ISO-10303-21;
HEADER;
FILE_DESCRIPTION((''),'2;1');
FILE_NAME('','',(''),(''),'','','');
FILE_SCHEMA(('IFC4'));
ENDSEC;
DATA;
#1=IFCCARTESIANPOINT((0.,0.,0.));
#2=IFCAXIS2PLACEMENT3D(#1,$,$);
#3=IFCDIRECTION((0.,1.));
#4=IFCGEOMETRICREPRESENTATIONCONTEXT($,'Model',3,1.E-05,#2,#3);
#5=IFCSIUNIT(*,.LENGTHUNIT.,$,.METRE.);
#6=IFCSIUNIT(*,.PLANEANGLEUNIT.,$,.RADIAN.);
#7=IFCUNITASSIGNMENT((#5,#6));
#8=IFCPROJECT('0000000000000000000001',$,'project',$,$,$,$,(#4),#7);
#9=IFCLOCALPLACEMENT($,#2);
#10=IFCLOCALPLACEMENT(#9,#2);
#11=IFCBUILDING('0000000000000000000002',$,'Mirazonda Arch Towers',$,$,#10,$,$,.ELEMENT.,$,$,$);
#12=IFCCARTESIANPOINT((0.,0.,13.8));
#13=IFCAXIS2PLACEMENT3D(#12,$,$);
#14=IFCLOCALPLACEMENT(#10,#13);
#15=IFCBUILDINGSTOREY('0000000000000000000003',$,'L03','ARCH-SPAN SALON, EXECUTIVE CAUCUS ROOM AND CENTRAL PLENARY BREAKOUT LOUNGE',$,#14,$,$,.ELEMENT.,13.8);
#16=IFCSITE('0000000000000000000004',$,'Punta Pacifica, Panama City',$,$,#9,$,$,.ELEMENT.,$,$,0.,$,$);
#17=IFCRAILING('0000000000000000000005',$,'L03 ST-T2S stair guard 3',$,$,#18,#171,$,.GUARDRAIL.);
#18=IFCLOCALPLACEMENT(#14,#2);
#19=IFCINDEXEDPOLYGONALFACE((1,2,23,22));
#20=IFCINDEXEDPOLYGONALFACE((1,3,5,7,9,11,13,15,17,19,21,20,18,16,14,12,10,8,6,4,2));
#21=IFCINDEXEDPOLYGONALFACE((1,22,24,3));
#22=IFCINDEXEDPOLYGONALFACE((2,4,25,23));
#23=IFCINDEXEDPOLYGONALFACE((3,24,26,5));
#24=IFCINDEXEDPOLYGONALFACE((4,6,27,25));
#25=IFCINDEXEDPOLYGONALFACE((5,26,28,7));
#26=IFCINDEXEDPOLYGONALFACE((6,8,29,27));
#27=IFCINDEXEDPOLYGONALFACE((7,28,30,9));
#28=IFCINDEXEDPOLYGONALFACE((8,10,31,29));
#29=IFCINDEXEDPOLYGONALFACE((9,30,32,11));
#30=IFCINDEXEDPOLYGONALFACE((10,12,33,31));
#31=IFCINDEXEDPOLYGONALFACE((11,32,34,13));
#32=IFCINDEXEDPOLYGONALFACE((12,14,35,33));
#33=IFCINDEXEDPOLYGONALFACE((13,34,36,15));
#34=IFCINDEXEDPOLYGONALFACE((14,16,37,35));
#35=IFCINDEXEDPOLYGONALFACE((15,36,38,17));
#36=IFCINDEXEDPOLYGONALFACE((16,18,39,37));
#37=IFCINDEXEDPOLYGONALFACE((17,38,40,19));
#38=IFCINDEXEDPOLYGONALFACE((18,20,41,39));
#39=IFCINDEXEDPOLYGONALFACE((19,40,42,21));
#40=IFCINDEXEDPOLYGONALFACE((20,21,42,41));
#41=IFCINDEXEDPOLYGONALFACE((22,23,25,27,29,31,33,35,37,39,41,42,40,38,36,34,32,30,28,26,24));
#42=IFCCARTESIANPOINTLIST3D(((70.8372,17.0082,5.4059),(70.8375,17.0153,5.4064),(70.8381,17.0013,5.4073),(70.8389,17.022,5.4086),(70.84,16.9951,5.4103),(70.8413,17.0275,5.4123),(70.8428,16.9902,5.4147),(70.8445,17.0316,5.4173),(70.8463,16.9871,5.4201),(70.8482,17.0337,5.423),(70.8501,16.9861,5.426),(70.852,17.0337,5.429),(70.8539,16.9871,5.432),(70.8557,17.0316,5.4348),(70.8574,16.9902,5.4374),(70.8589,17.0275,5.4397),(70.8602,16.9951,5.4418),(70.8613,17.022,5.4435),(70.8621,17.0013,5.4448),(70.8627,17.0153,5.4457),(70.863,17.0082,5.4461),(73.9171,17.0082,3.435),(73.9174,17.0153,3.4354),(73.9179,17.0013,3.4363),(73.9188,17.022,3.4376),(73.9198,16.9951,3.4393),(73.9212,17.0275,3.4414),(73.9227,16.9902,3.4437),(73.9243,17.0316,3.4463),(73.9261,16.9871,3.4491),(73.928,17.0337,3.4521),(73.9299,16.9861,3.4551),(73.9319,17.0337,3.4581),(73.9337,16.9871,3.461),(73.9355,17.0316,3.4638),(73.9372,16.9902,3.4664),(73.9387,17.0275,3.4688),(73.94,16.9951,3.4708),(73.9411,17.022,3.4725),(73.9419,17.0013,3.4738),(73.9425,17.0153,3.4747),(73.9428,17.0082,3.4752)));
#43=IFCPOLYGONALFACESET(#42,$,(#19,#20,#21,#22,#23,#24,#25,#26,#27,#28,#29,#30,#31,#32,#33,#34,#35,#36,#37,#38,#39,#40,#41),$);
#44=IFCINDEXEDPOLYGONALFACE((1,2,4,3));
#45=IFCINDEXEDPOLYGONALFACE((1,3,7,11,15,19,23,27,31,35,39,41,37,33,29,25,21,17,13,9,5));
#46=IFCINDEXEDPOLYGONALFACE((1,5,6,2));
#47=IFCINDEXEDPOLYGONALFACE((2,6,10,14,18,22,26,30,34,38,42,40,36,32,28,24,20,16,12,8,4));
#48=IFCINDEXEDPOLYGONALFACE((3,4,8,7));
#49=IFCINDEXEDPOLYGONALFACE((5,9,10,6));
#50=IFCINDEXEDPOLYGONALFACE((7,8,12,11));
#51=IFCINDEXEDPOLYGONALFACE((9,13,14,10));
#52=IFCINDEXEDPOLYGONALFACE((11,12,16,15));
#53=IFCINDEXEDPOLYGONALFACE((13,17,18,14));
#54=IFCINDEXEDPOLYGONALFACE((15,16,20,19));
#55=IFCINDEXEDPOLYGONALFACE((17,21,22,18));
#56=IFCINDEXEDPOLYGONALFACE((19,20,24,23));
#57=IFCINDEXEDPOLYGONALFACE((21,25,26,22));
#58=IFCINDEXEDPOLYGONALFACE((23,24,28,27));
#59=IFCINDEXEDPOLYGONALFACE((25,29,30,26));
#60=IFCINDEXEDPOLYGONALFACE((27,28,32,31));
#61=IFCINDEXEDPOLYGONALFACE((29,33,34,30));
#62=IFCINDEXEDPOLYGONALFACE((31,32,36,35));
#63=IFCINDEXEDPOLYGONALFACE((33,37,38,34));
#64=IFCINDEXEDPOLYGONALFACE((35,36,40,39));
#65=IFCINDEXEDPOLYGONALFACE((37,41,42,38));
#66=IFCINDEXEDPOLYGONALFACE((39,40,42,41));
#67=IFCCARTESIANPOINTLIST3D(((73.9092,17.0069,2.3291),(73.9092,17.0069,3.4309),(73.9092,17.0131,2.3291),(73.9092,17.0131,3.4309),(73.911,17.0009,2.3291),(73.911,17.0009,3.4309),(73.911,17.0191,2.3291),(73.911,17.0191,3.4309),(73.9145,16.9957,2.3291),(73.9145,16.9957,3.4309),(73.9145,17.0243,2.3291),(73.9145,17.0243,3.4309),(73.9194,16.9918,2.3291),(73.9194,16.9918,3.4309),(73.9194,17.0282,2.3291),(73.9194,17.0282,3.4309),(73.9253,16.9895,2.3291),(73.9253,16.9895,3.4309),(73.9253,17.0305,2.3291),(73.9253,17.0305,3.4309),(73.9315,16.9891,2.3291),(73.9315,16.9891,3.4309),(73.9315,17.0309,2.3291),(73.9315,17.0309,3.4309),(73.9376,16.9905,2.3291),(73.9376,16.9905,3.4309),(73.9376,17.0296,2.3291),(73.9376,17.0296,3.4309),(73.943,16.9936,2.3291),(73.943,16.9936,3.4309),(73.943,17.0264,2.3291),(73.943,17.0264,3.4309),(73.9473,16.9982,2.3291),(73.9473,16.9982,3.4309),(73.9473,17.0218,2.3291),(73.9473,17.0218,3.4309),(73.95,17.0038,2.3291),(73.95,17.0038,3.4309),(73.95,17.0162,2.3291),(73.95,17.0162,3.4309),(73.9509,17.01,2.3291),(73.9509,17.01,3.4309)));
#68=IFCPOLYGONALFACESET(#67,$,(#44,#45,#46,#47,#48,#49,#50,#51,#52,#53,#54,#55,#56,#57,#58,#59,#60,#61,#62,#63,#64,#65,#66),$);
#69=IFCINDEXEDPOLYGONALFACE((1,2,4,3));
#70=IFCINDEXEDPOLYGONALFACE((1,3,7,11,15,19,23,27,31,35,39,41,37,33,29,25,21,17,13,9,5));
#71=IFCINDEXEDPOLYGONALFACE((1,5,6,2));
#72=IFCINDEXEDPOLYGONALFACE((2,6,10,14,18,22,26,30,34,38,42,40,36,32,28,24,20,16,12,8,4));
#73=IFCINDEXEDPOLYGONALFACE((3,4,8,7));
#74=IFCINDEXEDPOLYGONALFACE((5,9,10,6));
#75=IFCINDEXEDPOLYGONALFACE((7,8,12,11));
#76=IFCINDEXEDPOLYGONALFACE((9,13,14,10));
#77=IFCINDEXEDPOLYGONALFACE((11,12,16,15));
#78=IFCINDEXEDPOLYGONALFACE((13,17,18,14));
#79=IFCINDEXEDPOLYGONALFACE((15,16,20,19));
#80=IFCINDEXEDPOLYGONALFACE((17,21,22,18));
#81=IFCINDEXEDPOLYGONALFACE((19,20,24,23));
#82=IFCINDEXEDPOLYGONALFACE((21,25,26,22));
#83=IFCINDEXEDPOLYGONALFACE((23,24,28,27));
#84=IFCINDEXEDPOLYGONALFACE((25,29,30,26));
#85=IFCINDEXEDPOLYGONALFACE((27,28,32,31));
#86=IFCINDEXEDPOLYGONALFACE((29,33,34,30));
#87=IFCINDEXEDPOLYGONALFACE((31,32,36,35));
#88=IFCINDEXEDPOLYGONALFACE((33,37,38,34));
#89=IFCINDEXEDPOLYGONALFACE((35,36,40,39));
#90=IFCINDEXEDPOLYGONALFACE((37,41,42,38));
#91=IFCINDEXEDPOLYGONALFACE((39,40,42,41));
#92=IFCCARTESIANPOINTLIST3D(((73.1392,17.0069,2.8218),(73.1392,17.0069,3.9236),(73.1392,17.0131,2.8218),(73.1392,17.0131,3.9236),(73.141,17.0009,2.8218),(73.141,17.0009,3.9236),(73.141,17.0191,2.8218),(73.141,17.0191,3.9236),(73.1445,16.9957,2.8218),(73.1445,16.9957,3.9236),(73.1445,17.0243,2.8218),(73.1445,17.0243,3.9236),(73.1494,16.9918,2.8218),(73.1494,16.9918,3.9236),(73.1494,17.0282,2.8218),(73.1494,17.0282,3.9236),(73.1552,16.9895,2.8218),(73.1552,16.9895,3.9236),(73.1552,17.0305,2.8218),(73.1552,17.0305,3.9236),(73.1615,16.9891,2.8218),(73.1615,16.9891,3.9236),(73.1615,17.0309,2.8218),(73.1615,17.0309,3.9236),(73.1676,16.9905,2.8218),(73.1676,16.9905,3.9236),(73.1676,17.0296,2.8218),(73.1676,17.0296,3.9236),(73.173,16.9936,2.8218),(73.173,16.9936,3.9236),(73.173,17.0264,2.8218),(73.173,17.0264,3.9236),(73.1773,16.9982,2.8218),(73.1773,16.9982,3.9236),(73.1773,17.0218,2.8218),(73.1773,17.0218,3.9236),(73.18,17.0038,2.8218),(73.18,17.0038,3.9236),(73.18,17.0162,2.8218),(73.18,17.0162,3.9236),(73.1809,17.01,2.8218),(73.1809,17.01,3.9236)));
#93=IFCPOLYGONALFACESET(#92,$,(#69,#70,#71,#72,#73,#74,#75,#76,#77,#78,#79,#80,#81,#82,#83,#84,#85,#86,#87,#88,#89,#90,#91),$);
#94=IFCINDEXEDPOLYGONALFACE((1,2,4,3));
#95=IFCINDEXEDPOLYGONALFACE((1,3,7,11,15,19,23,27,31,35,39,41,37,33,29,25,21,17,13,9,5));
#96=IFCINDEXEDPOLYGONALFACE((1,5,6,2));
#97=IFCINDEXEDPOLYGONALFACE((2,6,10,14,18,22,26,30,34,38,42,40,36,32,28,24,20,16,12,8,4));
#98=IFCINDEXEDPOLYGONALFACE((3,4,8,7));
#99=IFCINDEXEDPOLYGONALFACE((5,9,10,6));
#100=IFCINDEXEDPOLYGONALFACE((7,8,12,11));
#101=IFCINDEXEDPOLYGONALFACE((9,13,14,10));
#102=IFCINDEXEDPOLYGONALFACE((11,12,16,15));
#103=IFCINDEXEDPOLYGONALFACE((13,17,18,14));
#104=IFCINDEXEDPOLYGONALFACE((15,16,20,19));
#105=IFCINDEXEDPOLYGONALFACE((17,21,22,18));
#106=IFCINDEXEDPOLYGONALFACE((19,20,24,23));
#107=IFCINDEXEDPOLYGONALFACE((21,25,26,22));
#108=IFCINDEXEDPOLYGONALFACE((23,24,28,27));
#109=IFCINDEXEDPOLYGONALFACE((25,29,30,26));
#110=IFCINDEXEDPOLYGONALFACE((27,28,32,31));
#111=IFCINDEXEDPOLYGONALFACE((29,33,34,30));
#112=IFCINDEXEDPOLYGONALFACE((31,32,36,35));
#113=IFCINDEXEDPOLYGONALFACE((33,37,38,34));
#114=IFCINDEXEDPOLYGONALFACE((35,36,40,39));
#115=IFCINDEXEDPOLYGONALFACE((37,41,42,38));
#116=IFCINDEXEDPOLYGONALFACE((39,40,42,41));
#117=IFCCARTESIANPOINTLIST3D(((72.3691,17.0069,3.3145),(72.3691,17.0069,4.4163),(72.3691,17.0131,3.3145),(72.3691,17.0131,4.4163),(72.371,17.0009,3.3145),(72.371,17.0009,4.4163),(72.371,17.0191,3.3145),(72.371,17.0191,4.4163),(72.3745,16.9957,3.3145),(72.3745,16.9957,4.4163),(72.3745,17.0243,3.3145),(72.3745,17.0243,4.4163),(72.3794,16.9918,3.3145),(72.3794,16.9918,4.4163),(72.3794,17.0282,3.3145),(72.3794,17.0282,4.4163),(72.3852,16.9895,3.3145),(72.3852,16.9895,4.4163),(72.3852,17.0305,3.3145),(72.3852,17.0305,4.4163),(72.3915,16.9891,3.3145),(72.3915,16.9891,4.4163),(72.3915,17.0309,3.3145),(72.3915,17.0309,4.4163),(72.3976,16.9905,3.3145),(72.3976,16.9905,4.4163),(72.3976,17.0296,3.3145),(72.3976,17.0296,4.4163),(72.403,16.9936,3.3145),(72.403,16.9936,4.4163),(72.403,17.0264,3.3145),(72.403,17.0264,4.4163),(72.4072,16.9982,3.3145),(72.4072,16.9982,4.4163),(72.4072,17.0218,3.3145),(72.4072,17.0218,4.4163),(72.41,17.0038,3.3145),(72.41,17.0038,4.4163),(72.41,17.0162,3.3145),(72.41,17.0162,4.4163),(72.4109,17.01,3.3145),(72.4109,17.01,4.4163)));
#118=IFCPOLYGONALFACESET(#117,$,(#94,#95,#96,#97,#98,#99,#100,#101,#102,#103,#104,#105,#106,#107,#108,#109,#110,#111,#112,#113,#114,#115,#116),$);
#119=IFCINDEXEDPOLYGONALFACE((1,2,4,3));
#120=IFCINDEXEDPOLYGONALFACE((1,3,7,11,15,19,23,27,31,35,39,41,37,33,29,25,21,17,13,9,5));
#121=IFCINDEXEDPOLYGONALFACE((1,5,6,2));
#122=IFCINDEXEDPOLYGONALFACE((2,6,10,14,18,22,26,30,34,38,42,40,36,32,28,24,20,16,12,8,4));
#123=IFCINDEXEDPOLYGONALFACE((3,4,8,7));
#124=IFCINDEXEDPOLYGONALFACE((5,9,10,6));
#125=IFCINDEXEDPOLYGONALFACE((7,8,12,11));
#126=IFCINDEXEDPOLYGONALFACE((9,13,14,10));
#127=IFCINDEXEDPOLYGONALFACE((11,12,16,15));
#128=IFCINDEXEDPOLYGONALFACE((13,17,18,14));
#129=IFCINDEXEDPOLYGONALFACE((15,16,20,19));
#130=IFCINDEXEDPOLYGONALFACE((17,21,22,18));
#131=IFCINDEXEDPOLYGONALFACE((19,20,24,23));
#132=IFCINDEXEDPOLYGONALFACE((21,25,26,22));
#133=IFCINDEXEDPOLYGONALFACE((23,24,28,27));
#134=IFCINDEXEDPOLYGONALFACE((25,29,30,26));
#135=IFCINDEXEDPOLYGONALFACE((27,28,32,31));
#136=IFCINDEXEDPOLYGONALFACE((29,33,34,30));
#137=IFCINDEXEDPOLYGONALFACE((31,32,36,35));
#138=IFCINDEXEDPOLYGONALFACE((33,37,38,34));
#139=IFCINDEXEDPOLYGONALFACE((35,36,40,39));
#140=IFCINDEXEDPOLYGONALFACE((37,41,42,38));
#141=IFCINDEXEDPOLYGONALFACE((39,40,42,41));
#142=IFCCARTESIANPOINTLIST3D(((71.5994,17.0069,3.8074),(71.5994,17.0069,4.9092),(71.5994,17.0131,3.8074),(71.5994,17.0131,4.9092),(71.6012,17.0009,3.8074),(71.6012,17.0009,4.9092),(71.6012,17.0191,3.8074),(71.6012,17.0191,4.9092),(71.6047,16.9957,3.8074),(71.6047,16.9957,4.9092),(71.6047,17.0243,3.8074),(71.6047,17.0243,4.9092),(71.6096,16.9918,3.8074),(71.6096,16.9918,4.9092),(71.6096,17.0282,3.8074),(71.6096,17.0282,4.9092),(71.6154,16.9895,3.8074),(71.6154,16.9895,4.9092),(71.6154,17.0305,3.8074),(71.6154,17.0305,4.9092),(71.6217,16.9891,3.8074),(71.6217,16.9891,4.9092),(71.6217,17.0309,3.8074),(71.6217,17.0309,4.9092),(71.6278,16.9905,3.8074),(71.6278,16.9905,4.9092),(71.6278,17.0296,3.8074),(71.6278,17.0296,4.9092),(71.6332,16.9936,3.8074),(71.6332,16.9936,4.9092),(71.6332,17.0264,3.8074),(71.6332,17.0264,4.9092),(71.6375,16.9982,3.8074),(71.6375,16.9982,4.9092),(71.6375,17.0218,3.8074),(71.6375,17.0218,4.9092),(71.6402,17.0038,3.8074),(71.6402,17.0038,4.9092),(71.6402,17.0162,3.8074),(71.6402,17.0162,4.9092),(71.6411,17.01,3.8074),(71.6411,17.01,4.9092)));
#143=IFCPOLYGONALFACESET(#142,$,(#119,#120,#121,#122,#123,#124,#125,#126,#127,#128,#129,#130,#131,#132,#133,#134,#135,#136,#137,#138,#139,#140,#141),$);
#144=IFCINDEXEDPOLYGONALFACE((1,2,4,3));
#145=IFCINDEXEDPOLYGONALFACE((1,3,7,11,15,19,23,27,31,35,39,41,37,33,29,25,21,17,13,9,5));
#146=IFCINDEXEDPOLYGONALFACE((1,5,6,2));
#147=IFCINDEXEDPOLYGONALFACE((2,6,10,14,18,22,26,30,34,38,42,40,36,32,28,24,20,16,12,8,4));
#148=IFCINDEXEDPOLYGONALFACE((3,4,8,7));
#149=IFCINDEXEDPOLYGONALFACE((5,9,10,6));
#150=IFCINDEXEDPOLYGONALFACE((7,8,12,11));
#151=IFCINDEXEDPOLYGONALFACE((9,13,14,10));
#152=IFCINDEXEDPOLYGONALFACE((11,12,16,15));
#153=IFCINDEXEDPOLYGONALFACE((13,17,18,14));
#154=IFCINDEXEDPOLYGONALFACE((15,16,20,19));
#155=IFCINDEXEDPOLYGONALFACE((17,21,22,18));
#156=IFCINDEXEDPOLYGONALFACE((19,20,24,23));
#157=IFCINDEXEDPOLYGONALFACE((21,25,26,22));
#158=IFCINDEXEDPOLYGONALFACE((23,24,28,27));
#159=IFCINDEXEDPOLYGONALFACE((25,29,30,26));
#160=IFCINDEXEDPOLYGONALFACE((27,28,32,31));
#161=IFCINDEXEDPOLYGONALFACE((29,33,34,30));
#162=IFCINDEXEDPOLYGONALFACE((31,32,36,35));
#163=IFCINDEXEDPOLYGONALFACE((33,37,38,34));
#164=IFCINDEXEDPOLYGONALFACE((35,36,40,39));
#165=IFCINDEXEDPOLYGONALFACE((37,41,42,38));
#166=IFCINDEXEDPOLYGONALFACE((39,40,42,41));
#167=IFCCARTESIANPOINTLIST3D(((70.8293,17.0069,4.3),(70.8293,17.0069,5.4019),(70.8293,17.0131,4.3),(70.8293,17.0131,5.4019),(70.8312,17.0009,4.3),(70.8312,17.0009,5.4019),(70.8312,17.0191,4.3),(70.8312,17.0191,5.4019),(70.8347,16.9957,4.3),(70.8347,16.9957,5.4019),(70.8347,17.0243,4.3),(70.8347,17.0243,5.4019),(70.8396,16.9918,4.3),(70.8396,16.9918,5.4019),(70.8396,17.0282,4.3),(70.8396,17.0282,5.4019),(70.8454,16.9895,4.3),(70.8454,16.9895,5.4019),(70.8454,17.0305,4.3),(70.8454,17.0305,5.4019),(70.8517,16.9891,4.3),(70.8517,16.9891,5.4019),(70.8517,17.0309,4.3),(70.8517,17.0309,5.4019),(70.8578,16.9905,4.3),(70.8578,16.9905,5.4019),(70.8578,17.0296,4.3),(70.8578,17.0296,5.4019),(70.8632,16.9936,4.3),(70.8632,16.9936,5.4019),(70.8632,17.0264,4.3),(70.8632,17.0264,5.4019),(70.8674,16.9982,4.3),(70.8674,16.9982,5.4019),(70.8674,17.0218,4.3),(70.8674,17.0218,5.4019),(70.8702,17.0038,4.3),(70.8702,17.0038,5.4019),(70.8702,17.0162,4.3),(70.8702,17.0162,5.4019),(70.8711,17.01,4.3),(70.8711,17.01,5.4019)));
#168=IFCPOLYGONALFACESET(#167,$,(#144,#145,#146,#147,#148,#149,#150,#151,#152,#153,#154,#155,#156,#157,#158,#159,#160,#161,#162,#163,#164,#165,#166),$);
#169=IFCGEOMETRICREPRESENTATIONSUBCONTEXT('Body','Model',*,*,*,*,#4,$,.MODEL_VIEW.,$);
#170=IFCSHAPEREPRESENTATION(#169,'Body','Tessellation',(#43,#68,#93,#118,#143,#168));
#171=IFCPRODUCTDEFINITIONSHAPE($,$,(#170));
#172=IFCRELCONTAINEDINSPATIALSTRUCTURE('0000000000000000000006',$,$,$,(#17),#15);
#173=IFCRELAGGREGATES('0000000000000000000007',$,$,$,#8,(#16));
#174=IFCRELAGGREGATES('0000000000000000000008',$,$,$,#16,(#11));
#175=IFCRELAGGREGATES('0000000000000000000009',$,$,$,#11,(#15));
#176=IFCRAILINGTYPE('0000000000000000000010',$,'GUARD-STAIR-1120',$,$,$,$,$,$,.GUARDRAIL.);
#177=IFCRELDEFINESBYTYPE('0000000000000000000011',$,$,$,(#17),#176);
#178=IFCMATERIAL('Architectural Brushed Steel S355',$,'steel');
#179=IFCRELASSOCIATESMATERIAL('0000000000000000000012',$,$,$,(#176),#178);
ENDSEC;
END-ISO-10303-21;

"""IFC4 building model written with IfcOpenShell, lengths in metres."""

from ifc_helpers import new_model, si_unit, direction, frame, origin, origin_2d, place, context, subcontext, project, spatial, circle, extrude, material, type_object, element, save


model = new_model("IFC4")

# Units and contexts
model_context = context("Model", 3, precision=1e-05, world=origin(), true_north=direction((0.0, 1.0)))
body_context = subcontext(model_context, "Body", "Model", "MODEL_VIEW")
ifc_project = project(units=[si_unit("LENGTHUNIT", "METRE"), si_unit("PLANEANGLEUNIT", "RADIAN")], contexts=[model_context])

# Site, building, storey
site_placement = place(None, origin())
site = spatial("IfcSite", under=ifc_project, at=site_placement, Name="Punta Pacifica, Panama City", CompositionType="ELEMENT", RefElevation=0.0)
building_placement = place(site_placement, origin())
building = spatial("IfcBuilding", under=site, at=building_placement, Name="Mirazonda Arch Towers", CompositionType="ELEMENT")
storey_placement = place(building_placement, frame((0.0, 0.0, 13.8)))
storey = spatial("IfcBuildingStorey", under=building, at=storey_placement, Name="L03", Description="ARCH-SPAN SALON, EXECUTIVE CAUCUS ROOM AND CENTRAL PLENARY BREAKOUT LOUNGE", CompositionType="ELEMENT", Elevation=13.8)

# Railing
ifc_material_1 = material(Name="Architectural Brushed Steel S355", Category="steel")
railing_type_1 = type_object("IfcRailingType", Name="GUARD-STAIR-1120", PredefinedType="GUARDRAIL", material=ifc_material_1)
railing_1_placement = place(storey_placement, frame((73.9299, 17.01, 2.3291)))
element("IfcRailing", 1, at=railing_1_placement, inside=storey, type_object=railing_type_1, Name="L03 ST-T2S stair guard 3", PredefinedType="GUARDRAIL", context=body_context, shape_type="SweptSolid", body=[
    extrude(circle(Radius=0.0239, at=origin_2d()), frame((0.0, 0.0, 1.126), z_axis=(-0.84229, 0.0, 0.539025), x_axis=(0.0, -1.0, 0.0)), (0.0, 0.0, 1.0), 3.6565),
    extrude(circle(Radius=0.021, at=origin_2d()), origin(), (0.0, 0.0, 1.0), 1.1018),
    extrude(circle(Radius=0.021, at=origin_2d()), frame((-0.77, 0.0, 0.4927)), (0.0, 0.0, 1.0), 1.1018),
    extrude(circle(Radius=0.021, at=origin_2d()), frame((-1.54, 0.0, 0.9854)), (0.0, 0.0, 1.0), 1.1018),
    extrude(circle(Radius=0.021, at=origin_2d()), frame((-2.3098, 0.0, 1.4783)), (0.0, 0.0, 1.0), 1.1018),
    extrude(circle(Radius=0.021, at=origin_2d()), frame((-3.0798, 0.0, 1.9709)), (0.0, 0.0, 1.0), 1.1018),
])

save(model, "model.ifc")
